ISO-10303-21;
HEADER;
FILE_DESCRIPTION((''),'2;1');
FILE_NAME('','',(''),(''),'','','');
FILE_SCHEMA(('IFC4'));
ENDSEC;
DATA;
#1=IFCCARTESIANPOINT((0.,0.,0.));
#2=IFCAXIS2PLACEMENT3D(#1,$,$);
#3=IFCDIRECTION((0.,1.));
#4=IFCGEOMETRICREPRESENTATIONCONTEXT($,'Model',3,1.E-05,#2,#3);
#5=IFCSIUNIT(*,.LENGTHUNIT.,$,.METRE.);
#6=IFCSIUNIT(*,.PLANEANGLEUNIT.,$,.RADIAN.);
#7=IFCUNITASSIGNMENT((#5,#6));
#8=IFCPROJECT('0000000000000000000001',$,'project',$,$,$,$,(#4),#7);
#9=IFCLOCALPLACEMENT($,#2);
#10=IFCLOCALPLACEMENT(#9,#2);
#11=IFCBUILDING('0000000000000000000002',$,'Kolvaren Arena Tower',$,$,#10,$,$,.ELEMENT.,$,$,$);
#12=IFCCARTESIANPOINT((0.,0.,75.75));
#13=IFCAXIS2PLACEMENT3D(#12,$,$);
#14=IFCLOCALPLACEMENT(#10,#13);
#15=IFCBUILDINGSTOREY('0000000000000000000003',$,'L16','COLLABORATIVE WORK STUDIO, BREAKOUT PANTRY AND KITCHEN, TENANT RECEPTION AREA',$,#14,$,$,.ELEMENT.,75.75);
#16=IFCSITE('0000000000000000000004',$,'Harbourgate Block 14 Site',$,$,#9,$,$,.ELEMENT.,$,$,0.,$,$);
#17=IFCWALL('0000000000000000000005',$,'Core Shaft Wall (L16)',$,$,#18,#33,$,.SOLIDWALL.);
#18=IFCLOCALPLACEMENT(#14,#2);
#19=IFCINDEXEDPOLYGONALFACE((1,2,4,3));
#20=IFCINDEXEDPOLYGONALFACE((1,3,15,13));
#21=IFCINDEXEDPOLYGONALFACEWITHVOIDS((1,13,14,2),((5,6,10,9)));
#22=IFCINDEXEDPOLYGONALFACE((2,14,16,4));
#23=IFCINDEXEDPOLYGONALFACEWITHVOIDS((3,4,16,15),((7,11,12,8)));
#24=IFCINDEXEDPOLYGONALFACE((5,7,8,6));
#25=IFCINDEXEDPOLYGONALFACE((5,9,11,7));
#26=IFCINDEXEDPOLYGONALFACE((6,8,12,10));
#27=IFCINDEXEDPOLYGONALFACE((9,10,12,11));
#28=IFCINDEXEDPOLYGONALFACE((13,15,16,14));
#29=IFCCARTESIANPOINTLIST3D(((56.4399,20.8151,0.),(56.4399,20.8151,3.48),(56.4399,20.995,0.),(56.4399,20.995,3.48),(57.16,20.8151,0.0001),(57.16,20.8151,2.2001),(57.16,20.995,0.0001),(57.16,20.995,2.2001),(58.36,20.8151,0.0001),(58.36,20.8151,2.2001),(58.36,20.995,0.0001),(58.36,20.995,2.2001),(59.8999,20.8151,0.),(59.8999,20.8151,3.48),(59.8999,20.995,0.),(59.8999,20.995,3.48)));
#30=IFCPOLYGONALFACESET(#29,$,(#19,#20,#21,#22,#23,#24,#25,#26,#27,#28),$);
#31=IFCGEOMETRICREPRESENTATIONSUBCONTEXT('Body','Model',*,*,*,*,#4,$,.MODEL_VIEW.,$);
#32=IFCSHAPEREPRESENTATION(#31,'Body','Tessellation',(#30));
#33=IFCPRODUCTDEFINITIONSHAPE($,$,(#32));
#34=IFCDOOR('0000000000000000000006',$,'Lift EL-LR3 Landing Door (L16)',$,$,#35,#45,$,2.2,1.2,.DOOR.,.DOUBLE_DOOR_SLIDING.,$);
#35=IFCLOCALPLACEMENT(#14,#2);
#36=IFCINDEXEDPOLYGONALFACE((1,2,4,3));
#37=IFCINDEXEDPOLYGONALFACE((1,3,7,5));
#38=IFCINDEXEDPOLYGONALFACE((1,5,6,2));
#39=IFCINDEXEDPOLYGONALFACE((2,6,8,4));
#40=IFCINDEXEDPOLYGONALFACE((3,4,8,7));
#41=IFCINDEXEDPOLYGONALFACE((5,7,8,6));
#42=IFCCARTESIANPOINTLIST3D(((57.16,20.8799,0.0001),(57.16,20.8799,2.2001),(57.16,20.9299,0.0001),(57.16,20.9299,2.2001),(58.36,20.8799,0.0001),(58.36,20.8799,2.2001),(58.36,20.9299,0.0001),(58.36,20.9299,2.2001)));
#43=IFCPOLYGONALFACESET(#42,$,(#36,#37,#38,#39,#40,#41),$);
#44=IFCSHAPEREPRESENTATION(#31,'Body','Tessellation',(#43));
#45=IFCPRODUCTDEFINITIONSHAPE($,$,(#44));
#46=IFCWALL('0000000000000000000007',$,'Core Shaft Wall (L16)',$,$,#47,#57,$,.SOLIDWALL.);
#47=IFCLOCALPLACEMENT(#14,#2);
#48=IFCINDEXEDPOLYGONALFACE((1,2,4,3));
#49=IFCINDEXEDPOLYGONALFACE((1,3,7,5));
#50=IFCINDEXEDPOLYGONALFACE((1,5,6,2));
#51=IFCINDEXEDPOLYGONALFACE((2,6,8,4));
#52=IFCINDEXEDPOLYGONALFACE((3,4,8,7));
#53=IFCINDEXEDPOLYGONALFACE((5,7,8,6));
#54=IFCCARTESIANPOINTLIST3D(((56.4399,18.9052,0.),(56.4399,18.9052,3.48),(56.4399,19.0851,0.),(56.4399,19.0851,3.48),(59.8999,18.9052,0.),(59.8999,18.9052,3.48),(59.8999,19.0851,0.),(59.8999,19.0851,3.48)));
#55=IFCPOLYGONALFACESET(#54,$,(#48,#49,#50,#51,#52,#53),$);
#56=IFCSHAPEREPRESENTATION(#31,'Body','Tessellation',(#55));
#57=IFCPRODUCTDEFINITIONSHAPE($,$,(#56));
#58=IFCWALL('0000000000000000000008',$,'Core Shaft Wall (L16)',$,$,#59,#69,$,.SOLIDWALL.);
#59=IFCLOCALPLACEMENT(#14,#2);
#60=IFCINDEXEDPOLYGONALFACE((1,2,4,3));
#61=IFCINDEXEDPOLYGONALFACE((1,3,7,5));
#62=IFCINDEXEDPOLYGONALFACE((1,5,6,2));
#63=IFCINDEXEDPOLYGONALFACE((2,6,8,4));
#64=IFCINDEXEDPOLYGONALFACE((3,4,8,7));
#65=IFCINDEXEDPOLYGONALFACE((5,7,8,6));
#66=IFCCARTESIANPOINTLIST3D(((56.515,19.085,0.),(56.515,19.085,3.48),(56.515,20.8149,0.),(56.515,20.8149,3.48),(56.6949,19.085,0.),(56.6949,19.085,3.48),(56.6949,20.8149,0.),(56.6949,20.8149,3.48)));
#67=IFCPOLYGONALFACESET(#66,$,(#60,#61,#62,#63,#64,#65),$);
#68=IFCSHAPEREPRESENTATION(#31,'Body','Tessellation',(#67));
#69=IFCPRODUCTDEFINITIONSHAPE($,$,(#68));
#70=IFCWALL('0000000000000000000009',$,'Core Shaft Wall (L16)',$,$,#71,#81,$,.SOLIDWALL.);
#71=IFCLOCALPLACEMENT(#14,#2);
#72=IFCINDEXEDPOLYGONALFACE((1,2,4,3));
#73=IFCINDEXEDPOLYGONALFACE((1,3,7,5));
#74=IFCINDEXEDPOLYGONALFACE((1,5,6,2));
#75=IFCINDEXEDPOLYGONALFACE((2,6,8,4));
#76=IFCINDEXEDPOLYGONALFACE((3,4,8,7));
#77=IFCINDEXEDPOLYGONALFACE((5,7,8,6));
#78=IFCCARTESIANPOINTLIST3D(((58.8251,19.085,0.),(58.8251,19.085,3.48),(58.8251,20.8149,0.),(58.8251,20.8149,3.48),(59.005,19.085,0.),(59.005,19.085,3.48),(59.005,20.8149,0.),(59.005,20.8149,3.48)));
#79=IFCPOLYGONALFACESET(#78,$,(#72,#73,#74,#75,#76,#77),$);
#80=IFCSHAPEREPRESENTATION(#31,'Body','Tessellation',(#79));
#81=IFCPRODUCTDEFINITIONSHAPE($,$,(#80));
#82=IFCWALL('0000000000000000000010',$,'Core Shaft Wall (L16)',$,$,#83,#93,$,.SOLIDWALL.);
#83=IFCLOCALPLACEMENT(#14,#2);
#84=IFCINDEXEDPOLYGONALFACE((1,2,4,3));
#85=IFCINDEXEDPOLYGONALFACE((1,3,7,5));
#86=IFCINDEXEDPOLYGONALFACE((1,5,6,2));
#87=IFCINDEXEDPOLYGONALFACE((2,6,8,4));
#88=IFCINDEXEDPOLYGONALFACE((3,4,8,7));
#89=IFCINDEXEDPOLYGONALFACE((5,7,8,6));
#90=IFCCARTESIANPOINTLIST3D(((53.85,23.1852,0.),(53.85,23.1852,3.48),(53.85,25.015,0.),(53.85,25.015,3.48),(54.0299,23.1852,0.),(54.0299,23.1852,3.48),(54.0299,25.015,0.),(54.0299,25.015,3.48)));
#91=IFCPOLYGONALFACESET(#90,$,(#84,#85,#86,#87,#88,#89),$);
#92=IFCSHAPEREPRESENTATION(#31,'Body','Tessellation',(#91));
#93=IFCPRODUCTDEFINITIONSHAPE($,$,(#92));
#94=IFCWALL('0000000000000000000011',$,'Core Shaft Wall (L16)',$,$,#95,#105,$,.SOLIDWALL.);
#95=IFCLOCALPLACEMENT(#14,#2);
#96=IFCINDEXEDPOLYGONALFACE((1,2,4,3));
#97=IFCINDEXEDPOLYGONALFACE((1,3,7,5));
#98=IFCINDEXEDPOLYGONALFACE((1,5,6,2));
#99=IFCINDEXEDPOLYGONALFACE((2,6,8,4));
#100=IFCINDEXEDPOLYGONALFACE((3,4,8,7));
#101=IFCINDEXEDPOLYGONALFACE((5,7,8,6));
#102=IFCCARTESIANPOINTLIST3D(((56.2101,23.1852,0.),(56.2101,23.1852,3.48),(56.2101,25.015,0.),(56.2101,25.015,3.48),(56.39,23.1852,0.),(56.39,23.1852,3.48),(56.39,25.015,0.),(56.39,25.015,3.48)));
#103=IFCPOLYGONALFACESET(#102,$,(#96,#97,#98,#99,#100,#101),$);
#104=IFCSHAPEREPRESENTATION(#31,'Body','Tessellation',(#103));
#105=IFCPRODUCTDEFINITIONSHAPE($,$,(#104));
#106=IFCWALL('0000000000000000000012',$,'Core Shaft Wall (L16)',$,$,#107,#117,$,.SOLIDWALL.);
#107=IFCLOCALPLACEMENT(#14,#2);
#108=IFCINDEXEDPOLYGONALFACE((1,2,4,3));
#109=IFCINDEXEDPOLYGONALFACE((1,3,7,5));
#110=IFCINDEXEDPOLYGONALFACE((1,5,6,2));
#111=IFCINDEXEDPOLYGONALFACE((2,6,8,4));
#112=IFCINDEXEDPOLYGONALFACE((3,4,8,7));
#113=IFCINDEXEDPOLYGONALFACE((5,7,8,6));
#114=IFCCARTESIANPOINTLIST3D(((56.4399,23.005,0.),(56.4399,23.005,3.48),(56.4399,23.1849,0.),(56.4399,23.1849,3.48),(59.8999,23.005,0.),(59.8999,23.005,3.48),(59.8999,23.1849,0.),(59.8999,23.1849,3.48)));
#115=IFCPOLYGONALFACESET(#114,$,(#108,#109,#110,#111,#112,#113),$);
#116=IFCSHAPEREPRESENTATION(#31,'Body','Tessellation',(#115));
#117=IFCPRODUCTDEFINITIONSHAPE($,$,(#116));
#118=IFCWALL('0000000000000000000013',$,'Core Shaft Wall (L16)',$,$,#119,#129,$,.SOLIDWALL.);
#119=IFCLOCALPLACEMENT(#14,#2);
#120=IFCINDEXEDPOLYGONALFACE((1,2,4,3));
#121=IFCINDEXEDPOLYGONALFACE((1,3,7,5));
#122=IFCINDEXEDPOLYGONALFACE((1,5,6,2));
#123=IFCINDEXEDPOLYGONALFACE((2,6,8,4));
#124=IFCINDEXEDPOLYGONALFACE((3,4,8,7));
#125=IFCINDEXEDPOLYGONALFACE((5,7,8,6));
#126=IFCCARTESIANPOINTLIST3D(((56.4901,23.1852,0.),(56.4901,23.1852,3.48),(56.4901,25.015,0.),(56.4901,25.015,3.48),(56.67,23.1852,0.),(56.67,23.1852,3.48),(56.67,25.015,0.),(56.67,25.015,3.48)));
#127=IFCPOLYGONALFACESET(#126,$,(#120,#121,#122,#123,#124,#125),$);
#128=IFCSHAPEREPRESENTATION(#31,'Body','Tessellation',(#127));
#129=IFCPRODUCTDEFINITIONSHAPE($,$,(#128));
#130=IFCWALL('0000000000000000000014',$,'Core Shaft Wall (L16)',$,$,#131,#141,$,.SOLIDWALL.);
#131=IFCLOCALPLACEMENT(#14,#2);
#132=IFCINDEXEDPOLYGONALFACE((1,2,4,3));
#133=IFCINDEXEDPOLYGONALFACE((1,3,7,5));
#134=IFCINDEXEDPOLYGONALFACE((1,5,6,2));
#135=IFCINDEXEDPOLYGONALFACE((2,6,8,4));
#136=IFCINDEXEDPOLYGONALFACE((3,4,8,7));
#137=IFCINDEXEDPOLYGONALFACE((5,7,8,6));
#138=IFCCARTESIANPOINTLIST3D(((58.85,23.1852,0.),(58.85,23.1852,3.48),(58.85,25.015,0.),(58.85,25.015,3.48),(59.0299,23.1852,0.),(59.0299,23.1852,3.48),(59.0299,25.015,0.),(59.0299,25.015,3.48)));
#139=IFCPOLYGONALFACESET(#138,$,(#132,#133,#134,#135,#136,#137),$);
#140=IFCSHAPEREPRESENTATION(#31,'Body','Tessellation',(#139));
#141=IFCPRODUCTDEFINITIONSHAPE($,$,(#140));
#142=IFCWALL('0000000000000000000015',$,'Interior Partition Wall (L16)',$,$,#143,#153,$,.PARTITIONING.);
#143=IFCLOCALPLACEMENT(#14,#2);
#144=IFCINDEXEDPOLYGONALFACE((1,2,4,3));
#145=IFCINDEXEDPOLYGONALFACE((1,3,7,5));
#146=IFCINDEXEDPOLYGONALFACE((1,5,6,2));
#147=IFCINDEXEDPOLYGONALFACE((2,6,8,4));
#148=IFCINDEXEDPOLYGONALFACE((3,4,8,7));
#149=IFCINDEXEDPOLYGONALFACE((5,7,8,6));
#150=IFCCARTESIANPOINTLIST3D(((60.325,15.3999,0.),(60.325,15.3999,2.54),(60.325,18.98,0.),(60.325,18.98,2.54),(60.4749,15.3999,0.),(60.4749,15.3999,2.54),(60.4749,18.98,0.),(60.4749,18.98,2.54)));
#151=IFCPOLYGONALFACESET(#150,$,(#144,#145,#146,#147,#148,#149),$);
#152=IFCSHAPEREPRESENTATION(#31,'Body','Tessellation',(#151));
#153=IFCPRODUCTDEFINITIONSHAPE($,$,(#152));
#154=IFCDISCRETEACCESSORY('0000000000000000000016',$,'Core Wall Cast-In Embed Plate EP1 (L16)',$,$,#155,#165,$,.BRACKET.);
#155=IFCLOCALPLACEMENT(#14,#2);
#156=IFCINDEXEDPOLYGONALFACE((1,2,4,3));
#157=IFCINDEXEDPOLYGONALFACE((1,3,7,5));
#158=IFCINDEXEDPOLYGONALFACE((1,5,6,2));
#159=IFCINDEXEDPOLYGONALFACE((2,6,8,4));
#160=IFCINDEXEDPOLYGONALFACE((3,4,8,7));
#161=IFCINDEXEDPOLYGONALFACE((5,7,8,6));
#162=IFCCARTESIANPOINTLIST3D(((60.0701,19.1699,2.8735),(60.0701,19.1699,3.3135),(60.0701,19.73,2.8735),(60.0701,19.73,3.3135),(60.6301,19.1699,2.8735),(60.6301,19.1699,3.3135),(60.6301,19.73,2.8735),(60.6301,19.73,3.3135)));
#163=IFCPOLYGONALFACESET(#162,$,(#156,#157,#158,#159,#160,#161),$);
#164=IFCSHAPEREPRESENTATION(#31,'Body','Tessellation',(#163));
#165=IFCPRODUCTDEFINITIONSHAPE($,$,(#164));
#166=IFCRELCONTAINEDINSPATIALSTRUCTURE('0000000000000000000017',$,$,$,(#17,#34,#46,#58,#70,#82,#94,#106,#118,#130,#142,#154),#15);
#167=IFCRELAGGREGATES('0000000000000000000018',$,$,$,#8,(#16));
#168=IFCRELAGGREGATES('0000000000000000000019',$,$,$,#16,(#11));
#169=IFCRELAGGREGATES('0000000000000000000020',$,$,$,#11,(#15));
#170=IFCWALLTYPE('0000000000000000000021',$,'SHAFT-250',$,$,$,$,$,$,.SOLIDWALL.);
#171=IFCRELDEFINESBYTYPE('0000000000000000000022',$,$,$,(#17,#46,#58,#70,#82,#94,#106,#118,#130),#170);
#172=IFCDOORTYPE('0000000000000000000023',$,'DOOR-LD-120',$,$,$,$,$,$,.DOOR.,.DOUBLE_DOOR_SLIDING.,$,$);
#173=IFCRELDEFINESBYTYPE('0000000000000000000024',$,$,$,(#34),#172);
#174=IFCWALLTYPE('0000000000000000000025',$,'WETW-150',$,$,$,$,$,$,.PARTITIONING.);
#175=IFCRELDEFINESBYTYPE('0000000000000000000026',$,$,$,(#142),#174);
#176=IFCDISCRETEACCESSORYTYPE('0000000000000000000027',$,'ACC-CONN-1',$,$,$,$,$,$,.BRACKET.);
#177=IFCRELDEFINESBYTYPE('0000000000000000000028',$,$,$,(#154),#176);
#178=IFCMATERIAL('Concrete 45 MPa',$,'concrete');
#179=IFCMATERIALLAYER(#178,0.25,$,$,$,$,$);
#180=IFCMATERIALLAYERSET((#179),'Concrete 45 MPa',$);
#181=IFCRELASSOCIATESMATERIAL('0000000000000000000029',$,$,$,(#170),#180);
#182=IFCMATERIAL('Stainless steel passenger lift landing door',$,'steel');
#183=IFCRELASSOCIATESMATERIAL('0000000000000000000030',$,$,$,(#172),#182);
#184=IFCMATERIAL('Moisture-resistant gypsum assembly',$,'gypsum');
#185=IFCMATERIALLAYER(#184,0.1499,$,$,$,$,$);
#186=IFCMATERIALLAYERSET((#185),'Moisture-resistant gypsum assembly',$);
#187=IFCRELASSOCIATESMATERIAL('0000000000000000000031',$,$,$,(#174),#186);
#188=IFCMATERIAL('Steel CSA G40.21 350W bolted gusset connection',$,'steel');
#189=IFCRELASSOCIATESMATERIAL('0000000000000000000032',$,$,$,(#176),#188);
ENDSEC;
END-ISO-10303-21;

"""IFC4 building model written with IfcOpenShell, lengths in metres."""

from ifc_helpers import new_model, si_unit, direction, frame, frame_2d, origin, origin_2d, place, context, subcontext, project, spatial, rectangle, extrude, material, layer, layer_set, type_object, element, fill, save


model = new_model("IFC4")

# Units and contexts
model_context = context("Model", 3, precision=1e-05, world=origin(), true_north=direction((0.0, 1.0)))
body_context = subcontext(model_context, "Body", "Model", "MODEL_VIEW")
ifc_project = project(units=[si_unit("LENGTHUNIT", "METRE"), si_unit("PLANEANGLEUNIT", "RADIAN")], contexts=[model_context])

# Site, building, storey
site_placement = place(None, origin())
site = spatial("IfcSite", under=ifc_project, at=site_placement, Name="Harbourgate Block 14 Site", CompositionType="ELEMENT", RefElevation=0.0)
building_placement = place(site_placement, origin())
building = spatial("IfcBuilding", under=site, at=building_placement, Name="Kolvaren Arena Tower", CompositionType="ELEMENT")
storey_placement = place(building_placement, frame((0.0, 0.0, 75.75)))
storey = spatial("IfcBuildingStorey", under=building, at=storey_placement, Name="L16", Description="COLLABORATIVE WORK STUDIO, BREAKOUT PANTRY AND KITCHEN, TENANT RECEPTION AREA", CompositionType="ELEMENT", Elevation=75.75)

# Shared definitions
ifc_material_1 = material(Name="Concrete 45 MPa", Category="concrete")
ifc_layer_1 = layer(ifc_material_1, 0.25)
ifc_layer_set_1 = layer_set([ifc_layer_1], Name="Concrete 45 MPa")
wall_type_1 = type_object("IfcWallType", Name="SHAFT-250", PredefinedType="SOLIDWALL", material=ifc_layer_set_1)
ifc_material_2 = material(Name="Stainless steel passenger lift landing door", Category="steel")
door_type = type_object("IfcDoorType", Name="DOOR-LD-120", OperationType="DOUBLE_DOOR_SLIDING", PredefinedType="DOOR", material=ifc_material_2)

# Wall, opening, door
wall_1_placement = place(storey_placement, frame((56.4399, 20.905, 0.0), z_axis=(0.0, 0.0, 1.0), x_axis=(1.0, 0.0, 0.0)))
wall_1 = element("IfcWall", 1, at=wall_1_placement, inside=storey, type_object=wall_type_1, Name="Core Shaft Wall (L16)", PredefinedType="SOLIDWALL", context=body_context, shape_type="SweptSolid", body=[
    extrude(rectangle(XDim=3.46, YDim=0.1799, at=frame_2d((1.73, 0.0))), origin(), (0.0, 0.0, 1.0), 3.48),
])
opening_1_placement = place(wall_1_placement, frame((0.72, 0.0, 0.0)))
opening_1 = element("IfcOpeningElement", 2, at=opening_1_placement, cuts=wall_1, PredefinedType="OPENING", context=body_context, shape_type="SweptSolid", body=[
    extrude(rectangle(XDim=1.2, YDim=2.2, at=frame_2d((0.6001, 1.1001))), frame((0.0, 0.0999, 0.0), z_axis=(0.0, -1.0, 0.0), x_axis=(1.0, 0.0, 0.0)), (0.0, 0.0, 1.0), 0.2),
])
door_1_placement = place(opening_1_placement, origin())
door_1 = element("IfcDoor", 3, at=door_1_placement, inside=storey, type_object=door_type, Name="Lift EL-LR3 Landing Door (L16)", OperationType="DOUBLE_DOOR_SLIDING", OverallHeight=2.2, OverallWidth=1.2, PredefinedType="DOOR", context=body_context, shape_type="SweptSolid", body=[
    extrude(rectangle(XDim=1.2, YDim=2.2, at=frame_2d((0.6001, 1.1001))), frame((0.0, 0.0249, 0.0), z_axis=(0.0, -1.0, 0.0), x_axis=(1.0, 0.0, 0.0)), (0.0, 0.0, 1.0), 0.05),
])
fill(opening_1, door_1)

# Walls
wall_2_placement = place(storey_placement, frame((56.4399, 18.9951, 0.0), z_axis=(0.0, 0.0, 1.0), x_axis=(1.0, 0.0, 0.0)))
element("IfcWall", 4, at=wall_2_placement, inside=storey, type_object=wall_type_1, Name="Core Shaft Wall (L16)", PredefinedType="SOLIDWALL", context=body_context, shape_type="SweptSolid", body=[
    extrude(rectangle(XDim=3.46, YDim=0.1799, at=frame_2d((1.73, 0.0))), origin(), (0.0, 0.0, 1.0), 3.48),
])
for number, where, z_axis, x_axis, name in (
    (5, (56.605, 19.085, 0.0), (0.0, 0.0, 1.0), (0.0, 1.0, 0.0), "Core Shaft Wall (L16)"),
    (6, (58.915, 19.085, 0.0), (0.0, 0.0, 1.0), (0.0, 1.0, 0.0), "Core Shaft Wall (L16)"),
):
    element("IfcWall", number, at=place(storey_placement, frame(where, z_axis=z_axis, x_axis=x_axis)), inside=storey, type_object=wall_type_1, Name=name, PredefinedType="SOLIDWALL", context=body_context, shape_type="SweptSolid", body=[
        extrude(rectangle(XDim=1.73, YDim=0.1799, at=frame_2d((0.865, 0.0))), origin(), (0.0, 0.0, 1.0), 3.48),
    ])
for number, where, z_axis, x_axis, name in (
    (7, (53.9399, 23.1851, 0.0), (0.0, 0.0, 1.0), (0.0, 1.0, 0.0), "Core Shaft Wall (L16)"),
    (8, (56.3, 23.1851, 0.0), (0.0, 0.0, 1.0), (0.0, 1.0, 0.0), "Core Shaft Wall (L16)"),
):
    element("IfcWall", number, at=place(storey_placement, frame(where, z_axis=z_axis, x_axis=x_axis)), inside=storey, type_object=wall_type_1, Name=name, PredefinedType="SOLIDWALL", context=body_context, shape_type="SweptSolid", body=[
        extrude(rectangle(XDim=1.8298, YDim=0.1799, at=frame_2d((0.915, 0.0))), origin(), (0.0, 0.0, 1.0), 3.48),
    ])
wall_3_placement = place(storey_placement, frame((56.4399, 23.095, 0.0), z_axis=(0.0, 0.0, 1.0), x_axis=(1.0, 0.0, 0.0)))
element("IfcWall", 9, at=wall_3_placement, inside=storey, type_object=wall_type_1, Name="Core Shaft Wall (L16)", PredefinedType="SOLIDWALL", context=body_context, shape_type="SweptSolid", body=[
    extrude(rectangle(XDim=3.46, YDim=0.1799, at=frame_2d((1.73, 0.0))), origin(), (0.0, 0.0, 1.0), 3.48),
])
for number, where, z_axis, x_axis, name in (
    (10, (56.5801, 23.1851, 0.0), (0.0, 0.0, 1.0), (0.0, 1.0, 0.0), "Core Shaft Wall (L16)"),
    (11, (58.9399, 23.1851, 0.0), (0.0, 0.0, 1.0), (0.0, 1.0, 0.0), "Core Shaft Wall (L16)"),
):
    element("IfcWall", number, at=place(storey_placement, frame(where, z_axis=z_axis, x_axis=x_axis)), inside=storey, type_object=wall_type_1, Name=name, PredefinedType="SOLIDWALL", context=body_context, shape_type="SweptSolid", body=[
        extrude(rectangle(XDim=1.8298, YDim=0.1799, at=frame_2d((0.915, 0.0))), origin(), (0.0, 0.0, 1.0), 3.48),
    ])
ifc_material_3 = material(Name="Moisture-resistant gypsum assembly", Category="gypsum")
ifc_layer_2 = layer(ifc_material_3, 0.1499)
ifc_layer_set_2 = layer_set([ifc_layer_2], Name="Moisture-resistant gypsum assembly")
wall_type_2 = type_object("IfcWallType", Name="WETW-150", PredefinedType="PARTITIONING", material=ifc_layer_set_2)
wall_4_placement = place(storey_placement, frame((60.3999, 15.3999, 0.0), z_axis=(0.0, 0.0, 1.0), x_axis=(0.0, 1.0, 0.0)))
element("IfcWall", 12, at=wall_4_placement, inside=storey, type_object=wall_type_2, Name="Interior Partition Wall (L16)", PredefinedType="PARTITIONING", context=body_context, shape_type="SweptSolid", body=[
    extrude(rectangle(XDim=3.5801, YDim=0.1499, at=frame_2d((1.79, 0.0))), origin(), (0.0, 0.0, 1.0), 2.54),
])

# Discrete accessory
ifc_material_4 = material(Name="Steel CSA G40.21 350W bolted gusset connection", Category="steel")
discrete_accessory_type = type_object("IfcDiscreteAccessoryType", Name="ACC-CONN-1", PredefinedType="BRACKET", material=ifc_material_4)
discrete_accessory_placement = place(storey_placement, frame((60.3501, 19.45, 2.8735), z_axis=(0.0, 0.0, 1.0), x_axis=(1.0, 0.0, 0.0)))
element("IfcDiscreteAccessory", 13, at=discrete_accessory_placement, inside=storey, type_object=discrete_accessory_type, Name="Core Wall Cast-In Embed Plate EP1 (L16)", PredefinedType="BRACKET", context=body_context, shape_type="SweptSolid", body=[
    extrude(rectangle(XDim=0.5601, YDim=0.5601, at=origin_2d()), origin(), (0.0, 0.0, 1.0), 0.4399),
])

save(model, "model.ifc")
